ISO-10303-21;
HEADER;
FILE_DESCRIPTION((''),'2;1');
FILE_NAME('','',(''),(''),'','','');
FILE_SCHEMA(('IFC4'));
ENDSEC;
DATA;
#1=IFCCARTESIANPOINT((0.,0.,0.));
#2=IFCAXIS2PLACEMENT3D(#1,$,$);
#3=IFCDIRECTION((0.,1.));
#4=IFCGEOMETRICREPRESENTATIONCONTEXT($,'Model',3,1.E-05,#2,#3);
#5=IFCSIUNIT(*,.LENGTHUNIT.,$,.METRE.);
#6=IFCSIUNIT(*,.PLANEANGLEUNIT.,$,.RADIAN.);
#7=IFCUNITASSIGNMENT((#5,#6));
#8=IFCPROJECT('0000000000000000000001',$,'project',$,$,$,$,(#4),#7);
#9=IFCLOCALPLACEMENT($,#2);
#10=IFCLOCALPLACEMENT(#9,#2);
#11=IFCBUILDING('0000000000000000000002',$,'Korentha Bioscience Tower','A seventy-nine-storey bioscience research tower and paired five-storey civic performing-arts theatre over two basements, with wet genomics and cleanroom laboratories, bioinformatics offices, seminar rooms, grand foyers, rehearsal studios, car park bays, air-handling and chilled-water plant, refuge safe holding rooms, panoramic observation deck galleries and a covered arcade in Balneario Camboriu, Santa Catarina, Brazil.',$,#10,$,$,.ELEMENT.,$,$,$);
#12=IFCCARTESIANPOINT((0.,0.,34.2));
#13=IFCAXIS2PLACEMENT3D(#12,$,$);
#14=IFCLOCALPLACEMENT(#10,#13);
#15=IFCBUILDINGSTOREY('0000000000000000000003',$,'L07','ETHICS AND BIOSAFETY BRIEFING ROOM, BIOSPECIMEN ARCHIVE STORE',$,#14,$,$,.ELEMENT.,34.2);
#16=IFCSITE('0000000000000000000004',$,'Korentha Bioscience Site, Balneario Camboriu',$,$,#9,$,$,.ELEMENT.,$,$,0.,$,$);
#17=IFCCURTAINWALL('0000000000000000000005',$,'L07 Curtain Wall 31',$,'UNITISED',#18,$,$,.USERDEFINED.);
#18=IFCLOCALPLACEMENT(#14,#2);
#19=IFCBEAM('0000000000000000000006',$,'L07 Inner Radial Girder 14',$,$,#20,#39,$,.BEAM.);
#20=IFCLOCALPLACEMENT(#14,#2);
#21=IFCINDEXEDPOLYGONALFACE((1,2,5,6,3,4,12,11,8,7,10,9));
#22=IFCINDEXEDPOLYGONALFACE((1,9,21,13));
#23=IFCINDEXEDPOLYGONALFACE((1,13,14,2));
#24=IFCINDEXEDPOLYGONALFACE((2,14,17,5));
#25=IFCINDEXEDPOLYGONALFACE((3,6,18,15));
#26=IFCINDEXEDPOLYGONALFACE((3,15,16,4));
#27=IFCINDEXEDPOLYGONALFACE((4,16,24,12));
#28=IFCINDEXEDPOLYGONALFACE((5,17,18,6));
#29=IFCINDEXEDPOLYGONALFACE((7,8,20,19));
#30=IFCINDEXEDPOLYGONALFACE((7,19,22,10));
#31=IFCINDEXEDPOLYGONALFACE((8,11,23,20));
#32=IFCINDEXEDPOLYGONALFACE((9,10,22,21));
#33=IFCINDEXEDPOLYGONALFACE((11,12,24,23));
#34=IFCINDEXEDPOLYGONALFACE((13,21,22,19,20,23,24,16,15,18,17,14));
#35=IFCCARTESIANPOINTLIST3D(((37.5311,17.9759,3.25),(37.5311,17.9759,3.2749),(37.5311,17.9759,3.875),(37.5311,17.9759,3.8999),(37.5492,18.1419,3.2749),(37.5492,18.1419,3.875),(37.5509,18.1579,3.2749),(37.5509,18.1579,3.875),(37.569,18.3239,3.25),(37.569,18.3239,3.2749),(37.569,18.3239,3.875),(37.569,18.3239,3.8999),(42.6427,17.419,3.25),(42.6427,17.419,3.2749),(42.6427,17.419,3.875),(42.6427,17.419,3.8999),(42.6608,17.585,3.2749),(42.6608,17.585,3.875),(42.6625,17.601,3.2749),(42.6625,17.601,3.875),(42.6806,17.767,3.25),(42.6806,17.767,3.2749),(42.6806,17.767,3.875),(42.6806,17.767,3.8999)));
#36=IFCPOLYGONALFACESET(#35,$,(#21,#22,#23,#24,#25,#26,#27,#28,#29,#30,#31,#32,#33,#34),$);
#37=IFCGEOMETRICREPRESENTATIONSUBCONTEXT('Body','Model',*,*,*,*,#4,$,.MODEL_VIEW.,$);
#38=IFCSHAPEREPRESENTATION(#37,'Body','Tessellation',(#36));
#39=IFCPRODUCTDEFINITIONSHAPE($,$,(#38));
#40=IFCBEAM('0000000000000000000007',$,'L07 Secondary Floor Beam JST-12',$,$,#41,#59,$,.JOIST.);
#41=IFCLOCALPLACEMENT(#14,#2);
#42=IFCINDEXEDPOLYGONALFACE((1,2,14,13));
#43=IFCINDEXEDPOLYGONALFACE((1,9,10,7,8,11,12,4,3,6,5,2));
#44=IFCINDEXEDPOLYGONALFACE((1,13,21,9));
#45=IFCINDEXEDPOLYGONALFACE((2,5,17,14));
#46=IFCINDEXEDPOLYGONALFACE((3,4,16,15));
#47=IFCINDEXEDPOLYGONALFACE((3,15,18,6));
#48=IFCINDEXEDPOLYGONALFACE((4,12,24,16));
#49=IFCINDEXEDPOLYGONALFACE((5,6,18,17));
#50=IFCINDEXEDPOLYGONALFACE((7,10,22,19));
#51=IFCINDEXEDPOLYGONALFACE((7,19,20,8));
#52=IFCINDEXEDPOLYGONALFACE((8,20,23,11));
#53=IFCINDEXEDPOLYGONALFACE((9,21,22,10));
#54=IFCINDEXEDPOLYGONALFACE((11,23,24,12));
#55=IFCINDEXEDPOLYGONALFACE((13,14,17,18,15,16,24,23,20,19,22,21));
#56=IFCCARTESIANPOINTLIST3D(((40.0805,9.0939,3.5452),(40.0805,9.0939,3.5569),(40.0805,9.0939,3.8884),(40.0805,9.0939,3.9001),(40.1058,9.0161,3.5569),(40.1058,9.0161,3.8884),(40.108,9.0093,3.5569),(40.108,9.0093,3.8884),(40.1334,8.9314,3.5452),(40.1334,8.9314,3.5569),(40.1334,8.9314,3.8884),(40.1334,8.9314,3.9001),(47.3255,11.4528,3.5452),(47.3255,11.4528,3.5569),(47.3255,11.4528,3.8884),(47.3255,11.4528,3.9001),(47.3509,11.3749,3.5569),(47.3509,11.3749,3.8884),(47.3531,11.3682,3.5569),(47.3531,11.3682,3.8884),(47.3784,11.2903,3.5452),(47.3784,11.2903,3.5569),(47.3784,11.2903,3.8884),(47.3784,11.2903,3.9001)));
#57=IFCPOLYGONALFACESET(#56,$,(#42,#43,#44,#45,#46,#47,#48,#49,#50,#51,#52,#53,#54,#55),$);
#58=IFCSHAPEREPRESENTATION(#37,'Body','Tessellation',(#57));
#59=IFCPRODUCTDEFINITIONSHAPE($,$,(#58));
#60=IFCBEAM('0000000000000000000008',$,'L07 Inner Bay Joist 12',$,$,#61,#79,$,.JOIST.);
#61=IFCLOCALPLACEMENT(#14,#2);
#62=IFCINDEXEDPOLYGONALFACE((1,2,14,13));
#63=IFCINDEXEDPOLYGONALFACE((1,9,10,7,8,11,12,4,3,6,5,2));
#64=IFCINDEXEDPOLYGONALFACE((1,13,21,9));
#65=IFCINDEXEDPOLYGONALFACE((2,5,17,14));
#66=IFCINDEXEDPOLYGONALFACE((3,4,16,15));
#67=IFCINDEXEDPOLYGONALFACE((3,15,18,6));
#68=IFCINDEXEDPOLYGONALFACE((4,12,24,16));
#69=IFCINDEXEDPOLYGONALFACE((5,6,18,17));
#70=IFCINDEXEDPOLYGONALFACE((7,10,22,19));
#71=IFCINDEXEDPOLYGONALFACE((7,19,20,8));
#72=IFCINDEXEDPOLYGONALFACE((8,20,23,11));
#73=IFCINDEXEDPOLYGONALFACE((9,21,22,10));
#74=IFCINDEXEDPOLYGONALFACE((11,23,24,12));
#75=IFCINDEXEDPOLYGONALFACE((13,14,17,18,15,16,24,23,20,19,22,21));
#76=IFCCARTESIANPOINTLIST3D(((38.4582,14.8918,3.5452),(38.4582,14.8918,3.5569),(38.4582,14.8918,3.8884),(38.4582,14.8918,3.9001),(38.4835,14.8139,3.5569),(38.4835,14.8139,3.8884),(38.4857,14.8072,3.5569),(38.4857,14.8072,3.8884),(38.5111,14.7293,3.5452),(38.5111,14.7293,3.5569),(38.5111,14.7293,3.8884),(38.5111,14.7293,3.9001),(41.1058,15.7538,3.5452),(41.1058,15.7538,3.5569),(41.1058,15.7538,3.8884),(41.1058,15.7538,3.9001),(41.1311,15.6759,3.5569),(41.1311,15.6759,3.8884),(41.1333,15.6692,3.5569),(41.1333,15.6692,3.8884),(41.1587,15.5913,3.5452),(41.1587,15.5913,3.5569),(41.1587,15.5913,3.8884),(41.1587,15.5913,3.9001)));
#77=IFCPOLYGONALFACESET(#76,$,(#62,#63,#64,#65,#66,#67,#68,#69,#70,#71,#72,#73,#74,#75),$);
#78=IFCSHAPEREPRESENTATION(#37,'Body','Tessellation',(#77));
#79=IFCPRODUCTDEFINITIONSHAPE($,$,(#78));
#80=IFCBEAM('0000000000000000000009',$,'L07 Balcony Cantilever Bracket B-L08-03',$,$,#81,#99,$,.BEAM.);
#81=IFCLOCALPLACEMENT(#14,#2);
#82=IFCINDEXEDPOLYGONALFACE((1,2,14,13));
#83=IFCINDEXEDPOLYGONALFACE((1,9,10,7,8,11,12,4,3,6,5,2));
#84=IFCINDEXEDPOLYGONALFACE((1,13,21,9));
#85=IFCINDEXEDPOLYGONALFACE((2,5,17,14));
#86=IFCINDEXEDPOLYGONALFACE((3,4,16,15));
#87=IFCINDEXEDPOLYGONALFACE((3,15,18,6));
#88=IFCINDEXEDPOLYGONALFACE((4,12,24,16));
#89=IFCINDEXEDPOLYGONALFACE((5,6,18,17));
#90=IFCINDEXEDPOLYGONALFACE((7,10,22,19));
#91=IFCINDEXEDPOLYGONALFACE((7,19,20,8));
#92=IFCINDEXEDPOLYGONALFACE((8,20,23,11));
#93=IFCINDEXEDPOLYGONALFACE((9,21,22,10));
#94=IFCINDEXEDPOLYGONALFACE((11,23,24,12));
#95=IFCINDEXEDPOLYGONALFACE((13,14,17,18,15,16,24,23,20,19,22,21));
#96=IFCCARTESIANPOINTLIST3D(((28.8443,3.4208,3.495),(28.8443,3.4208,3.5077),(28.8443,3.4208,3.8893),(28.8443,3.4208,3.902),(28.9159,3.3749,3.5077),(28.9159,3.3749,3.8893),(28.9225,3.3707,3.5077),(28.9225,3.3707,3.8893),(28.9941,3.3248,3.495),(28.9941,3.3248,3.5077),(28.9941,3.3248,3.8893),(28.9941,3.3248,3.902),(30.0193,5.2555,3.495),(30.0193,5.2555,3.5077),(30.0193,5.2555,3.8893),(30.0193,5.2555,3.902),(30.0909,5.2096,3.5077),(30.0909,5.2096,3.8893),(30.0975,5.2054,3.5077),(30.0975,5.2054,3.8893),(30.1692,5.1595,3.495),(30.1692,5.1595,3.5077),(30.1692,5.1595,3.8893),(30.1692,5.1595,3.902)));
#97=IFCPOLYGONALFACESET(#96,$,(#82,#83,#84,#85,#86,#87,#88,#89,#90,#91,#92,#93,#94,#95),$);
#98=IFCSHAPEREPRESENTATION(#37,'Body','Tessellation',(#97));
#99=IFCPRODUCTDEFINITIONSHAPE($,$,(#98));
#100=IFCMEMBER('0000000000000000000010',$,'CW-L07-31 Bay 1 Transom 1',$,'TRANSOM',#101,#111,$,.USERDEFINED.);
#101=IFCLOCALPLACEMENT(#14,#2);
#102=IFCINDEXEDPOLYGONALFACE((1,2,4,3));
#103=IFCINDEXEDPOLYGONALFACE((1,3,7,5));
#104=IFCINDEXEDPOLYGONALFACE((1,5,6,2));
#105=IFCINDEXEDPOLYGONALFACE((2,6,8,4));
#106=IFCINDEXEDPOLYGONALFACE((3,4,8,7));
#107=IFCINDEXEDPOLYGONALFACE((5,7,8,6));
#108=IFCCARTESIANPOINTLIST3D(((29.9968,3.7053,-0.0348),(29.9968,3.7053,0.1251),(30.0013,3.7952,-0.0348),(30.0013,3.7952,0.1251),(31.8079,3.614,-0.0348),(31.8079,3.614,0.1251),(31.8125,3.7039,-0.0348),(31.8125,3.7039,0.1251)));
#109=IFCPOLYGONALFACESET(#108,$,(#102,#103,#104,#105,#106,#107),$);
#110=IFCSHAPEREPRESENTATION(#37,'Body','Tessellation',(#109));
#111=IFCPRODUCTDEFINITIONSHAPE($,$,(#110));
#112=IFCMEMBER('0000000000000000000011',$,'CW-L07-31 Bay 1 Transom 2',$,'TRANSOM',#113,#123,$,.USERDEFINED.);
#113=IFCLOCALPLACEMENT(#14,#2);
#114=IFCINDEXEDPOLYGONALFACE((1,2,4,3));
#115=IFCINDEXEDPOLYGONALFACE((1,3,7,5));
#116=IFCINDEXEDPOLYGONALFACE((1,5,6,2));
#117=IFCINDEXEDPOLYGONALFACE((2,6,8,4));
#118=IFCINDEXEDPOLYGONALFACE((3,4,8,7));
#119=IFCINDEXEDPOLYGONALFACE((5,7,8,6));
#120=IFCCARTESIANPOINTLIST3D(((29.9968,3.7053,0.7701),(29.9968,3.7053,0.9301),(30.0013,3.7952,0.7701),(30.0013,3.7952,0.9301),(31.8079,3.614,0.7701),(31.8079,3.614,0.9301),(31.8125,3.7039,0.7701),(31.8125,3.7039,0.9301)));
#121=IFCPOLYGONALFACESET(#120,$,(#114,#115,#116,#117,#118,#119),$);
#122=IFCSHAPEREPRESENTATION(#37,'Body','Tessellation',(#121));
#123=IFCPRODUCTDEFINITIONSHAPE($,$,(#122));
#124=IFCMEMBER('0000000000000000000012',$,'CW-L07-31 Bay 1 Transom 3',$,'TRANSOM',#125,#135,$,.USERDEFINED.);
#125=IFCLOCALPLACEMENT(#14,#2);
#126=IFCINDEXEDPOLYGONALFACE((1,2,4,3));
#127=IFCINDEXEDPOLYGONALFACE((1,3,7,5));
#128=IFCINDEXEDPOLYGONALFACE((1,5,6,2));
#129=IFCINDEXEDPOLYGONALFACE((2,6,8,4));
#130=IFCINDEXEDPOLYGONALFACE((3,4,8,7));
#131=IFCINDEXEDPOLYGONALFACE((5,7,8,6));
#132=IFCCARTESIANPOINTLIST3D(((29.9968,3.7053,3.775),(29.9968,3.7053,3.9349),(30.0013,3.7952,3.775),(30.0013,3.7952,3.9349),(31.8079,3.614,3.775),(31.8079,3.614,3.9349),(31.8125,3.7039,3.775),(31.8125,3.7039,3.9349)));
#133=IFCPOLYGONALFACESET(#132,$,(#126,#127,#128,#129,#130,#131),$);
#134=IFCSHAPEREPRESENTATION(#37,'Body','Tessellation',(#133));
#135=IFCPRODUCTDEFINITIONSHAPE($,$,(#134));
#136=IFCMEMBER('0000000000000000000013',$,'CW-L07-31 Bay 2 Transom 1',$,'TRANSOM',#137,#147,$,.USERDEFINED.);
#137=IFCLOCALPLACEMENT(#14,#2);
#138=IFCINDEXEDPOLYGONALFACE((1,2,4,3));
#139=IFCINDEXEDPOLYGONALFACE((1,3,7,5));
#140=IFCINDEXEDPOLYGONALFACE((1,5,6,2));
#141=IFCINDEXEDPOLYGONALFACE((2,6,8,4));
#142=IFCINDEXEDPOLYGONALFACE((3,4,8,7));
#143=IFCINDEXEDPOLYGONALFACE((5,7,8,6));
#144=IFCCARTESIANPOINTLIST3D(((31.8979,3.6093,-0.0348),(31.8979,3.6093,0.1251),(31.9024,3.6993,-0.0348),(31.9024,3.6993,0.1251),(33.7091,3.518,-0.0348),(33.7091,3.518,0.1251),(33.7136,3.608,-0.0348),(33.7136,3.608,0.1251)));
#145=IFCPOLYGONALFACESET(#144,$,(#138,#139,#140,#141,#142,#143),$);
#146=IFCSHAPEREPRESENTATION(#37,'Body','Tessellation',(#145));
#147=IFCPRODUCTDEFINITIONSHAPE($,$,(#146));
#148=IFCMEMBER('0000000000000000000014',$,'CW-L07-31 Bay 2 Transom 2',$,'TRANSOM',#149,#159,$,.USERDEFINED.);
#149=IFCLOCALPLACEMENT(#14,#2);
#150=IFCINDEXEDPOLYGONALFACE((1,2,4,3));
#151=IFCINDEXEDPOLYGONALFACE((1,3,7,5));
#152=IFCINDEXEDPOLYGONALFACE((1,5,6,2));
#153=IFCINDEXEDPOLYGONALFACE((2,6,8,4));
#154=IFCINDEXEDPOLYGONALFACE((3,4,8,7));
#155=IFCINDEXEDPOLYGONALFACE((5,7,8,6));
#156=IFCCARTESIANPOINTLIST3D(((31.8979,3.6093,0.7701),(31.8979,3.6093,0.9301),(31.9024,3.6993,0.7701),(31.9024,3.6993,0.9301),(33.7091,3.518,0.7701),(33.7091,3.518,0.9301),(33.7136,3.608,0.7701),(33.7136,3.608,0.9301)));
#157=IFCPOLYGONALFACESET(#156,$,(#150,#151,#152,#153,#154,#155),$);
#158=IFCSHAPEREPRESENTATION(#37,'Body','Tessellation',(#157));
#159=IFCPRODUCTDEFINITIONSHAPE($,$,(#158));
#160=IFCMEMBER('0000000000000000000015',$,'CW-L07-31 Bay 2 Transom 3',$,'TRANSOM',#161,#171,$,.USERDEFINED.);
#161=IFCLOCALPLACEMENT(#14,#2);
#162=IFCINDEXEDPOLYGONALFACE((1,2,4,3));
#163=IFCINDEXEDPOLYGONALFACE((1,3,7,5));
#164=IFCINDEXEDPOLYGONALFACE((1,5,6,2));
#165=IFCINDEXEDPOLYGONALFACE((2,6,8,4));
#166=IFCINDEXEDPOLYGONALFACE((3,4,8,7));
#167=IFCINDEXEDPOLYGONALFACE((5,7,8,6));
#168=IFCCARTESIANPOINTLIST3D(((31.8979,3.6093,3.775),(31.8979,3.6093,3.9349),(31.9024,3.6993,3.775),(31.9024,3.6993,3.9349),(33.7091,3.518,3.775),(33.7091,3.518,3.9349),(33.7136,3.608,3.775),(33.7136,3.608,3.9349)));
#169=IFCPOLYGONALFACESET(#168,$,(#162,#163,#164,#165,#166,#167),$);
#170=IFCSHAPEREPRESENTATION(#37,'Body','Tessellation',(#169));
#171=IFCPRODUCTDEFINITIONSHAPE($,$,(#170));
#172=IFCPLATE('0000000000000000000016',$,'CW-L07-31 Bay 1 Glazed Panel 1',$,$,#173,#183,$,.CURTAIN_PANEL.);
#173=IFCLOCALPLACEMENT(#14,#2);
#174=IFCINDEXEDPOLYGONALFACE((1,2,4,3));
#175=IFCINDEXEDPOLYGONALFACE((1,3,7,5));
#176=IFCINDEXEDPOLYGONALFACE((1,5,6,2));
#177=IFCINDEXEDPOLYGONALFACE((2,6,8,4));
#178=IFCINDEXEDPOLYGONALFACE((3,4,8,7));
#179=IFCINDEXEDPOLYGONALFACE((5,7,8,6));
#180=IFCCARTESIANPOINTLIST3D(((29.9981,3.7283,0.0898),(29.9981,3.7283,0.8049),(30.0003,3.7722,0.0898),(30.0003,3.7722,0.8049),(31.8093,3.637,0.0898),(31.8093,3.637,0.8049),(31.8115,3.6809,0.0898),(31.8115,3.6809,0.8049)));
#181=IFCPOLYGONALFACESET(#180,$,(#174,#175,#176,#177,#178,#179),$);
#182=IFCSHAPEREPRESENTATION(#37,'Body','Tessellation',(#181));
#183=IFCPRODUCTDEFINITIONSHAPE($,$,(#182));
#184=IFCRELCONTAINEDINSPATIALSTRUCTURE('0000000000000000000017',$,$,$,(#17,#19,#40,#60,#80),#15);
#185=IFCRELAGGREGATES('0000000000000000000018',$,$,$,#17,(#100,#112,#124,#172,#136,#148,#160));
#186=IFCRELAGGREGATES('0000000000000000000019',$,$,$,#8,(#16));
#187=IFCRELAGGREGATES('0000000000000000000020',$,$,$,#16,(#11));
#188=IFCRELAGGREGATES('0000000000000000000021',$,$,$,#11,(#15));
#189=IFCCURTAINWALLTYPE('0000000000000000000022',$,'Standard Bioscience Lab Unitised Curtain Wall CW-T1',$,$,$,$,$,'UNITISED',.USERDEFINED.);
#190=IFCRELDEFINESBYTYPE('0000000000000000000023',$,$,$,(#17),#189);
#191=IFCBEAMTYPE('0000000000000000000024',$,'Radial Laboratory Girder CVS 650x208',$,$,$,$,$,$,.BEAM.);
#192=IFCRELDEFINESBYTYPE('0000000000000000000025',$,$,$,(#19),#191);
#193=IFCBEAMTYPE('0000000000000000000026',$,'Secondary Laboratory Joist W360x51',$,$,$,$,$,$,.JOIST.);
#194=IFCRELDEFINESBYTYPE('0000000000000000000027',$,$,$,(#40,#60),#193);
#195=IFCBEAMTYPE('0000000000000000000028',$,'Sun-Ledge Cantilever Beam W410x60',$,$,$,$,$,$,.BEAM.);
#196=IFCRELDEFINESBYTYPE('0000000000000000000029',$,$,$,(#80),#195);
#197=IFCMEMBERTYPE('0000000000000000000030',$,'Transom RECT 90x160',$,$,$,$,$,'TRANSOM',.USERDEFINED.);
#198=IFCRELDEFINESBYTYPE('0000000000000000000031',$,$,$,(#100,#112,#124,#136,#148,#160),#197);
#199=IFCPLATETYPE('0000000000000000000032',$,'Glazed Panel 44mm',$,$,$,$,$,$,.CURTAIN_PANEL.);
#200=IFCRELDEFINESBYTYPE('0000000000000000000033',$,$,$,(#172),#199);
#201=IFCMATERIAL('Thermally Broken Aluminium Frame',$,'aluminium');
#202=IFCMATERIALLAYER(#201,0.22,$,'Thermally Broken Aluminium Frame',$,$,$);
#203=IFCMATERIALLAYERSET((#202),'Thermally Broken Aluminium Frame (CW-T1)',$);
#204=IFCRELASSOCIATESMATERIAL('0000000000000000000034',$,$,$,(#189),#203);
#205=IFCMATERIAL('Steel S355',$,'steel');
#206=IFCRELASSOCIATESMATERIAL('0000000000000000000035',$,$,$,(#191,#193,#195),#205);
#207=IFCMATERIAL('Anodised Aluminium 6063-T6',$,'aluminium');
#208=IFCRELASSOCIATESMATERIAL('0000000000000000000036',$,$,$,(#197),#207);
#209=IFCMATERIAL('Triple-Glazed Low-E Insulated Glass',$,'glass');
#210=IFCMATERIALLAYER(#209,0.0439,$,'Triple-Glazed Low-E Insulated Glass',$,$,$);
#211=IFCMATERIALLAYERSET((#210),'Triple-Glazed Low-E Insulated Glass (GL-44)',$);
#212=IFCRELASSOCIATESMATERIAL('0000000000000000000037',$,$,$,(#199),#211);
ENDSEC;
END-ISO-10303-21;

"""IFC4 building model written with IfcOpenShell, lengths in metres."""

from ifc_helpers import new_model, si_unit, direction, frame, origin, origin_2d, place, context, subcontext, project, spatial, rectangle, i_section, extrude, material, layer, layer_set, material_profile, profile_set, type_object, element, aggregate, save


model = new_model("IFC4")

# Units and contexts
model_context = context("Model", 3, precision=1e-05, world=origin(), true_north=direction((0.0, 1.0)))
body_context = subcontext(model_context, "Body", "Model", "MODEL_VIEW")
ifc_project = project(units=[si_unit("LENGTHUNIT", "METRE"), si_unit("PLANEANGLEUNIT", "RADIAN")], contexts=[model_context])

# Site, building, storey
site_placement = place(None, origin())
site = spatial("IfcSite", under=ifc_project, at=site_placement, Name="Korentha Bioscience Site, Balneario Camboriu", CompositionType="ELEMENT", RefElevation=0.0)
building_placement = place(site_placement, origin())
building = spatial("IfcBuilding", under=site, at=building_placement, Name="Korentha Bioscience Tower", Description="A seventy-nine-storey bioscience research tower and paired five-storey civic performing-arts theatre over two basements, with wet genomics and cleanroom laboratories, bioinformatics offices, seminar rooms, grand foyers, rehearsal studios, car park bays, air-handling and chilled-water plant, refuge safe holding rooms, panoramic observation deck galleries and a covered arcade in Balneario Camboriu, Santa Catarina, Brazil.", CompositionType="ELEMENT")
storey_placement = place(building_placement, frame((0.0, 0.0, 34.2)))
storey = spatial("IfcBuildingStorey", under=building, at=storey_placement, Name="L07", Description="ETHICS AND BIOSAFETY BRIEFING ROOM, BIOSPECIMEN ARCHIVE STORE", CompositionType="ELEMENT", Elevation=34.2)

# Shared definitions
ifc_material_1 = material(Name="Steel S355", Category="steel")

# Curtain wall
ifc_material_2 = material(Name="Thermally Broken Aluminium Frame", Category="aluminium")
ifc_layer_1 = layer(ifc_material_2, 0.22, Name="Thermally Broken Aluminium Frame")
ifc_layer_set_1 = layer_set([ifc_layer_1], Name="Thermally Broken Aluminium Frame (CW-T1)")
curtain_wall_type = type_object("IfcCurtainWallType", Name="Standard Bioscience Lab Unitised Curtain Wall CW-T1", ElementType="UNITISED", PredefinedType="USERDEFINED", material=ifc_layer_set_1)
curtain_wall_placement = place(storey_placement, origin())
curtain_wall = element("IfcCurtainWall", 1, at=curtain_wall_placement, inside=storey, type_object=curtain_wall_type, Name="L07 Curtain Wall 31", ObjectType="UNITISED", PredefinedType="USERDEFINED")
ifc_material_3 = material(Name="Anodised Aluminium 6063-T6", Category="aluminium")

# Beams
ifc_material_profile_1 = material_profile(ifc_material_1, i_section(OverallWidth=0.3501, OverallDepth=0.6499, WebThickness=0.0161, FlangeThickness=0.0249, at=origin_2d()), Name="Steel S355")
ifc_profile_set_1 = profile_set([ifc_material_profile_1], Name="Steel S355 (RB-650)")
beam_type_1 = type_object("IfcBeamType", Name="Radial Laboratory Girder CVS 650x208", PredefinedType="BEAM", material=ifc_profile_set_1)
beam_1_placement = place(storey_placement, frame((37.55, 18.1499, 3.575), z_axis=(0.994118, -0.108305, 0.0), x_axis=(0.108305, 0.994118, 0.0)))
element("IfcBeam", 2, at=beam_1_placement, inside=storey, type_object=beam_type_1, Name="L07 Inner Radial Girder 14", PredefinedType="BEAM", context=body_context, shape_type="SweptSolid", body=[
    extrude(i_section(OverallWidth=0.3501, OverallDepth=0.6499, WebThickness=0.0161, FlangeThickness=0.0249, at=origin_2d()), origin(), (0.0, 0.0, 1.0), 5.1418),
])
ifc_material_profile_2 = material_profile(ifc_material_1, i_section(OverallWidth=0.1709, OverallDepth=0.355, WebThickness=0.0071, FlangeThickness=0.0117, at=origin_2d()), Name="Steel S355")
ifc_profile_set_2 = profile_set([ifc_material_profile_2], Name="Steel S355 (JB-360)")
beam_type_2 = type_object("IfcBeamType", Name="Secondary Laboratory Joist W360x51", PredefinedType="JOIST", material=ifc_profile_set_2)
beam_2_placement = place(storey_placement, frame((40.1069, 9.0127, 3.7227), z_axis=(0.950871, 0.309587, 0.0), x_axis=(-0.309587, 0.950871, 0.0)))
element("IfcBeam", 3, at=beam_2_placement, inside=storey, type_object=beam_type_2, Name="L07 Secondary Floor Beam JST-12", PredefinedType="JOIST", context=body_context, shape_type="SweptSolid", body=[
    extrude(i_section(OverallWidth=0.1709, OverallDepth=0.355, WebThickness=0.0071, FlangeThickness=0.0117, at=origin_2d()), origin(), (0.0, 0.0, 1.0), 7.6194),
])
beam_3_placement = place(storey_placement, frame((38.4846, 14.8105, 3.7227), z_axis=(0.95087, 0.309592, 0.0), x_axis=(-0.309592, 0.95087, 0.0)))
element("IfcBeam", 4, at=beam_3_placement, inside=storey, type_object=beam_type_2, Name="L07 Inner Bay Joist 12", PredefinedType="JOIST", context=body_context, shape_type="SweptSolid", body=[
    extrude(i_section(OverallWidth=0.1709, OverallDepth=0.355, WebThickness=0.0071, FlangeThickness=0.0117, at=origin_2d()), origin(), (0.0, 0.0, 1.0), 2.7844),
])
ifc_material_profile_3 = material_profile(ifc_material_1, i_section(OverallWidth=0.178, OverallDepth=0.407, WebThickness=0.0078, FlangeThickness=0.0127, at=origin_2d()), Name="Steel S355")
ifc_profile_set_3 = profile_set([ifc_material_profile_3], Name="Steel S355 (CB-410)")
beam_type_3 = type_object("IfcBeamType", Name="Sun-Ledge Cantilever Beam W410x60", PredefinedType="BEAM", material=ifc_profile_set_3)
beam_4_placement = place(storey_placement, frame((30.0942, 5.2075, 3.6985), z_axis=(-0.539324, -0.842098, 0.0), x_axis=(0.842098, -0.539324, 0.0)))
element("IfcBeam", 5, at=beam_4_placement, inside=storey, type_object=beam_type_3, Name="L07 Balcony Cantilever Bracket B-L08-03", PredefinedType="BEAM", context=body_context, shape_type="SweptSolid", body=[
    extrude(i_section(OverallWidth=0.178, OverallDepth=0.407, WebThickness=0.0078, FlangeThickness=0.0127, at=origin_2d()), origin(), (0.0, 0.0, 1.0), 2.1787),
])

# Members
ifc_material_profile_4 = material_profile(ifc_material_3, rectangle(XDim=0.0901, YDim=0.1599, at=origin_2d()), Name="Anodised Aluminium 6063-T6")
ifc_profile_set_4 = profile_set([ifc_material_profile_4], Name="Anodised Aluminium 6063-T6 (CW-TRN)")
member_type_1 = type_object("IfcMemberType", Name="Transom RECT 90x160", ElementType="TRANSOM", PredefinedType="USERDEFINED", material=ifc_profile_set_4)
member_1_placement = place(storey_placement, frame((29.999, 3.7502, 0.0452), z_axis=(0.998732, -0.050347, 0.0), x_axis=(0.050347, 0.998732, 0.0)))
member_1 = element("IfcMember", 6, at=member_1_placement, type_object=member_type_1, Name="CW-L07-31 Bay 1 Transom 1", ObjectType="TRANSOM", PredefinedType="USERDEFINED", context=body_context, shape_type="SweptSolid", body=[
    extrude(rectangle(XDim=0.0901, YDim=0.1599, at=origin_2d()), origin(), (0.0, 0.0, 1.0), 1.8135),
])
member_2_placement = place(storey_placement, frame((29.999, 3.7502, 0.8501), z_axis=(0.998732, -0.050347, 0.0), x_axis=(0.050347, 0.998732, 0.0)))
member_2 = element("IfcMember", 7, at=member_2_placement, type_object=member_type_1, Name="CW-L07-31 Bay 1 Transom 2", ObjectType="TRANSOM", PredefinedType="USERDEFINED", context=body_context, shape_type="SweptSolid", body=[
    extrude(rectangle(XDim=0.0901, YDim=0.1599, at=origin_2d()), origin(), (0.0, 0.0, 1.0), 1.8135),
])
member_3_placement = place(storey_placement, frame((29.999, 3.7502, 3.855), z_axis=(0.998732, -0.050347, 0.0), x_axis=(0.050347, 0.998732, 0.0)))
member_3 = element("IfcMember", 8, at=member_3_placement, type_object=member_type_1, Name="CW-L07-31 Bay 1 Transom 3", ObjectType="TRANSOM", PredefinedType="USERDEFINED", context=body_context, shape_type="SweptSolid", body=[
    extrude(rectangle(XDim=0.0901, YDim=0.1599, at=origin_2d()), origin(), (0.0, 0.0, 1.0), 1.8135),
])
member_4_placement = place(storey_placement, frame((31.9001, 3.6543, 0.0452), z_axis=(0.998732, -0.050347, 0.0), x_axis=(0.050347, 0.998732, 0.0)))
member_4 = element("IfcMember", 9, at=member_4_placement, type_object=member_type_1, Name="CW-L07-31 Bay 2 Transom 1", ObjectType="TRANSOM", PredefinedType="USERDEFINED", context=body_context, shape_type="SweptSolid", body=[
    extrude(rectangle(XDim=0.0901, YDim=0.1599, at=origin_2d()), origin(), (0.0, 0.0, 1.0), 1.8135),
])
member_5_placement = place(storey_placement, frame((31.9001, 3.6543, 0.8501), z_axis=(0.998732, -0.050347, 0.0), x_axis=(0.050347, 0.998732, 0.0)))
member_5 = element("IfcMember", 10, at=member_5_placement, type_object=member_type_1, Name="CW-L07-31 Bay 2 Transom 2", ObjectType="TRANSOM", PredefinedType="USERDEFINED", context=body_context, shape_type="SweptSolid", body=[
    extrude(rectangle(XDim=0.0901, YDim=0.1599, at=origin_2d()), origin(), (0.0, 0.0, 1.0), 1.8135),
])
member_6_placement = place(storey_placement, frame((31.9001, 3.6543, 3.855), z_axis=(0.998732, -0.050347, 0.0), x_axis=(0.050347, 0.998732, 0.0)))
member_6 = element("IfcMember", 11, at=member_6_placement, type_object=member_type_1, Name="CW-L07-31 Bay 2 Transom 3", ObjectType="TRANSOM", PredefinedType="USERDEFINED", context=body_context, shape_type="SweptSolid", body=[
    extrude(rectangle(XDim=0.0901, YDim=0.1599, at=origin_2d()), origin(), (0.0, 0.0, 1.0), 1.8135),
])

# Plate
ifc_material_4 = material(Name="Triple-Glazed Low-E Insulated Glass", Category="glass")
ifc_layer_2 = layer(ifc_material_4, 0.0439, Name="Triple-Glazed Low-E Insulated Glass")
ifc_layer_set_2 = layer_set([ifc_layer_2], Name="Triple-Glazed Low-E Insulated Glass (GL-44)")
plate_type = type_object("IfcPlateType", Name="Glazed Panel 44mm", PredefinedType="CURTAIN_PANEL", material=ifc_layer_set_2)
plate_1_placement = place(storey_placement, frame((30.9048, 3.7046, 0.0898), z_axis=(0.0, 0.0, 1.0), x_axis=(0.998731, -0.050371, 0.0)))
plate_1 = element("IfcPlate", 12, at=plate_1_placement, type_object=plate_type, Name="CW-L07-31 Bay 1 Glazed Panel 1", PredefinedType="CURTAIN_PANEL", context=body_context, shape_type="SweptSolid", body=[
    extrude(rectangle(XDim=1.8135, YDim=0.0439, at=origin_2d()), origin(), (0.0, 0.0, 1.0), 0.7151),
])
aggregate(curtain_wall, [member_1, member_2, member_3, plate_1, member_4, member_5, member_6])

save(model, "model.ifc")
